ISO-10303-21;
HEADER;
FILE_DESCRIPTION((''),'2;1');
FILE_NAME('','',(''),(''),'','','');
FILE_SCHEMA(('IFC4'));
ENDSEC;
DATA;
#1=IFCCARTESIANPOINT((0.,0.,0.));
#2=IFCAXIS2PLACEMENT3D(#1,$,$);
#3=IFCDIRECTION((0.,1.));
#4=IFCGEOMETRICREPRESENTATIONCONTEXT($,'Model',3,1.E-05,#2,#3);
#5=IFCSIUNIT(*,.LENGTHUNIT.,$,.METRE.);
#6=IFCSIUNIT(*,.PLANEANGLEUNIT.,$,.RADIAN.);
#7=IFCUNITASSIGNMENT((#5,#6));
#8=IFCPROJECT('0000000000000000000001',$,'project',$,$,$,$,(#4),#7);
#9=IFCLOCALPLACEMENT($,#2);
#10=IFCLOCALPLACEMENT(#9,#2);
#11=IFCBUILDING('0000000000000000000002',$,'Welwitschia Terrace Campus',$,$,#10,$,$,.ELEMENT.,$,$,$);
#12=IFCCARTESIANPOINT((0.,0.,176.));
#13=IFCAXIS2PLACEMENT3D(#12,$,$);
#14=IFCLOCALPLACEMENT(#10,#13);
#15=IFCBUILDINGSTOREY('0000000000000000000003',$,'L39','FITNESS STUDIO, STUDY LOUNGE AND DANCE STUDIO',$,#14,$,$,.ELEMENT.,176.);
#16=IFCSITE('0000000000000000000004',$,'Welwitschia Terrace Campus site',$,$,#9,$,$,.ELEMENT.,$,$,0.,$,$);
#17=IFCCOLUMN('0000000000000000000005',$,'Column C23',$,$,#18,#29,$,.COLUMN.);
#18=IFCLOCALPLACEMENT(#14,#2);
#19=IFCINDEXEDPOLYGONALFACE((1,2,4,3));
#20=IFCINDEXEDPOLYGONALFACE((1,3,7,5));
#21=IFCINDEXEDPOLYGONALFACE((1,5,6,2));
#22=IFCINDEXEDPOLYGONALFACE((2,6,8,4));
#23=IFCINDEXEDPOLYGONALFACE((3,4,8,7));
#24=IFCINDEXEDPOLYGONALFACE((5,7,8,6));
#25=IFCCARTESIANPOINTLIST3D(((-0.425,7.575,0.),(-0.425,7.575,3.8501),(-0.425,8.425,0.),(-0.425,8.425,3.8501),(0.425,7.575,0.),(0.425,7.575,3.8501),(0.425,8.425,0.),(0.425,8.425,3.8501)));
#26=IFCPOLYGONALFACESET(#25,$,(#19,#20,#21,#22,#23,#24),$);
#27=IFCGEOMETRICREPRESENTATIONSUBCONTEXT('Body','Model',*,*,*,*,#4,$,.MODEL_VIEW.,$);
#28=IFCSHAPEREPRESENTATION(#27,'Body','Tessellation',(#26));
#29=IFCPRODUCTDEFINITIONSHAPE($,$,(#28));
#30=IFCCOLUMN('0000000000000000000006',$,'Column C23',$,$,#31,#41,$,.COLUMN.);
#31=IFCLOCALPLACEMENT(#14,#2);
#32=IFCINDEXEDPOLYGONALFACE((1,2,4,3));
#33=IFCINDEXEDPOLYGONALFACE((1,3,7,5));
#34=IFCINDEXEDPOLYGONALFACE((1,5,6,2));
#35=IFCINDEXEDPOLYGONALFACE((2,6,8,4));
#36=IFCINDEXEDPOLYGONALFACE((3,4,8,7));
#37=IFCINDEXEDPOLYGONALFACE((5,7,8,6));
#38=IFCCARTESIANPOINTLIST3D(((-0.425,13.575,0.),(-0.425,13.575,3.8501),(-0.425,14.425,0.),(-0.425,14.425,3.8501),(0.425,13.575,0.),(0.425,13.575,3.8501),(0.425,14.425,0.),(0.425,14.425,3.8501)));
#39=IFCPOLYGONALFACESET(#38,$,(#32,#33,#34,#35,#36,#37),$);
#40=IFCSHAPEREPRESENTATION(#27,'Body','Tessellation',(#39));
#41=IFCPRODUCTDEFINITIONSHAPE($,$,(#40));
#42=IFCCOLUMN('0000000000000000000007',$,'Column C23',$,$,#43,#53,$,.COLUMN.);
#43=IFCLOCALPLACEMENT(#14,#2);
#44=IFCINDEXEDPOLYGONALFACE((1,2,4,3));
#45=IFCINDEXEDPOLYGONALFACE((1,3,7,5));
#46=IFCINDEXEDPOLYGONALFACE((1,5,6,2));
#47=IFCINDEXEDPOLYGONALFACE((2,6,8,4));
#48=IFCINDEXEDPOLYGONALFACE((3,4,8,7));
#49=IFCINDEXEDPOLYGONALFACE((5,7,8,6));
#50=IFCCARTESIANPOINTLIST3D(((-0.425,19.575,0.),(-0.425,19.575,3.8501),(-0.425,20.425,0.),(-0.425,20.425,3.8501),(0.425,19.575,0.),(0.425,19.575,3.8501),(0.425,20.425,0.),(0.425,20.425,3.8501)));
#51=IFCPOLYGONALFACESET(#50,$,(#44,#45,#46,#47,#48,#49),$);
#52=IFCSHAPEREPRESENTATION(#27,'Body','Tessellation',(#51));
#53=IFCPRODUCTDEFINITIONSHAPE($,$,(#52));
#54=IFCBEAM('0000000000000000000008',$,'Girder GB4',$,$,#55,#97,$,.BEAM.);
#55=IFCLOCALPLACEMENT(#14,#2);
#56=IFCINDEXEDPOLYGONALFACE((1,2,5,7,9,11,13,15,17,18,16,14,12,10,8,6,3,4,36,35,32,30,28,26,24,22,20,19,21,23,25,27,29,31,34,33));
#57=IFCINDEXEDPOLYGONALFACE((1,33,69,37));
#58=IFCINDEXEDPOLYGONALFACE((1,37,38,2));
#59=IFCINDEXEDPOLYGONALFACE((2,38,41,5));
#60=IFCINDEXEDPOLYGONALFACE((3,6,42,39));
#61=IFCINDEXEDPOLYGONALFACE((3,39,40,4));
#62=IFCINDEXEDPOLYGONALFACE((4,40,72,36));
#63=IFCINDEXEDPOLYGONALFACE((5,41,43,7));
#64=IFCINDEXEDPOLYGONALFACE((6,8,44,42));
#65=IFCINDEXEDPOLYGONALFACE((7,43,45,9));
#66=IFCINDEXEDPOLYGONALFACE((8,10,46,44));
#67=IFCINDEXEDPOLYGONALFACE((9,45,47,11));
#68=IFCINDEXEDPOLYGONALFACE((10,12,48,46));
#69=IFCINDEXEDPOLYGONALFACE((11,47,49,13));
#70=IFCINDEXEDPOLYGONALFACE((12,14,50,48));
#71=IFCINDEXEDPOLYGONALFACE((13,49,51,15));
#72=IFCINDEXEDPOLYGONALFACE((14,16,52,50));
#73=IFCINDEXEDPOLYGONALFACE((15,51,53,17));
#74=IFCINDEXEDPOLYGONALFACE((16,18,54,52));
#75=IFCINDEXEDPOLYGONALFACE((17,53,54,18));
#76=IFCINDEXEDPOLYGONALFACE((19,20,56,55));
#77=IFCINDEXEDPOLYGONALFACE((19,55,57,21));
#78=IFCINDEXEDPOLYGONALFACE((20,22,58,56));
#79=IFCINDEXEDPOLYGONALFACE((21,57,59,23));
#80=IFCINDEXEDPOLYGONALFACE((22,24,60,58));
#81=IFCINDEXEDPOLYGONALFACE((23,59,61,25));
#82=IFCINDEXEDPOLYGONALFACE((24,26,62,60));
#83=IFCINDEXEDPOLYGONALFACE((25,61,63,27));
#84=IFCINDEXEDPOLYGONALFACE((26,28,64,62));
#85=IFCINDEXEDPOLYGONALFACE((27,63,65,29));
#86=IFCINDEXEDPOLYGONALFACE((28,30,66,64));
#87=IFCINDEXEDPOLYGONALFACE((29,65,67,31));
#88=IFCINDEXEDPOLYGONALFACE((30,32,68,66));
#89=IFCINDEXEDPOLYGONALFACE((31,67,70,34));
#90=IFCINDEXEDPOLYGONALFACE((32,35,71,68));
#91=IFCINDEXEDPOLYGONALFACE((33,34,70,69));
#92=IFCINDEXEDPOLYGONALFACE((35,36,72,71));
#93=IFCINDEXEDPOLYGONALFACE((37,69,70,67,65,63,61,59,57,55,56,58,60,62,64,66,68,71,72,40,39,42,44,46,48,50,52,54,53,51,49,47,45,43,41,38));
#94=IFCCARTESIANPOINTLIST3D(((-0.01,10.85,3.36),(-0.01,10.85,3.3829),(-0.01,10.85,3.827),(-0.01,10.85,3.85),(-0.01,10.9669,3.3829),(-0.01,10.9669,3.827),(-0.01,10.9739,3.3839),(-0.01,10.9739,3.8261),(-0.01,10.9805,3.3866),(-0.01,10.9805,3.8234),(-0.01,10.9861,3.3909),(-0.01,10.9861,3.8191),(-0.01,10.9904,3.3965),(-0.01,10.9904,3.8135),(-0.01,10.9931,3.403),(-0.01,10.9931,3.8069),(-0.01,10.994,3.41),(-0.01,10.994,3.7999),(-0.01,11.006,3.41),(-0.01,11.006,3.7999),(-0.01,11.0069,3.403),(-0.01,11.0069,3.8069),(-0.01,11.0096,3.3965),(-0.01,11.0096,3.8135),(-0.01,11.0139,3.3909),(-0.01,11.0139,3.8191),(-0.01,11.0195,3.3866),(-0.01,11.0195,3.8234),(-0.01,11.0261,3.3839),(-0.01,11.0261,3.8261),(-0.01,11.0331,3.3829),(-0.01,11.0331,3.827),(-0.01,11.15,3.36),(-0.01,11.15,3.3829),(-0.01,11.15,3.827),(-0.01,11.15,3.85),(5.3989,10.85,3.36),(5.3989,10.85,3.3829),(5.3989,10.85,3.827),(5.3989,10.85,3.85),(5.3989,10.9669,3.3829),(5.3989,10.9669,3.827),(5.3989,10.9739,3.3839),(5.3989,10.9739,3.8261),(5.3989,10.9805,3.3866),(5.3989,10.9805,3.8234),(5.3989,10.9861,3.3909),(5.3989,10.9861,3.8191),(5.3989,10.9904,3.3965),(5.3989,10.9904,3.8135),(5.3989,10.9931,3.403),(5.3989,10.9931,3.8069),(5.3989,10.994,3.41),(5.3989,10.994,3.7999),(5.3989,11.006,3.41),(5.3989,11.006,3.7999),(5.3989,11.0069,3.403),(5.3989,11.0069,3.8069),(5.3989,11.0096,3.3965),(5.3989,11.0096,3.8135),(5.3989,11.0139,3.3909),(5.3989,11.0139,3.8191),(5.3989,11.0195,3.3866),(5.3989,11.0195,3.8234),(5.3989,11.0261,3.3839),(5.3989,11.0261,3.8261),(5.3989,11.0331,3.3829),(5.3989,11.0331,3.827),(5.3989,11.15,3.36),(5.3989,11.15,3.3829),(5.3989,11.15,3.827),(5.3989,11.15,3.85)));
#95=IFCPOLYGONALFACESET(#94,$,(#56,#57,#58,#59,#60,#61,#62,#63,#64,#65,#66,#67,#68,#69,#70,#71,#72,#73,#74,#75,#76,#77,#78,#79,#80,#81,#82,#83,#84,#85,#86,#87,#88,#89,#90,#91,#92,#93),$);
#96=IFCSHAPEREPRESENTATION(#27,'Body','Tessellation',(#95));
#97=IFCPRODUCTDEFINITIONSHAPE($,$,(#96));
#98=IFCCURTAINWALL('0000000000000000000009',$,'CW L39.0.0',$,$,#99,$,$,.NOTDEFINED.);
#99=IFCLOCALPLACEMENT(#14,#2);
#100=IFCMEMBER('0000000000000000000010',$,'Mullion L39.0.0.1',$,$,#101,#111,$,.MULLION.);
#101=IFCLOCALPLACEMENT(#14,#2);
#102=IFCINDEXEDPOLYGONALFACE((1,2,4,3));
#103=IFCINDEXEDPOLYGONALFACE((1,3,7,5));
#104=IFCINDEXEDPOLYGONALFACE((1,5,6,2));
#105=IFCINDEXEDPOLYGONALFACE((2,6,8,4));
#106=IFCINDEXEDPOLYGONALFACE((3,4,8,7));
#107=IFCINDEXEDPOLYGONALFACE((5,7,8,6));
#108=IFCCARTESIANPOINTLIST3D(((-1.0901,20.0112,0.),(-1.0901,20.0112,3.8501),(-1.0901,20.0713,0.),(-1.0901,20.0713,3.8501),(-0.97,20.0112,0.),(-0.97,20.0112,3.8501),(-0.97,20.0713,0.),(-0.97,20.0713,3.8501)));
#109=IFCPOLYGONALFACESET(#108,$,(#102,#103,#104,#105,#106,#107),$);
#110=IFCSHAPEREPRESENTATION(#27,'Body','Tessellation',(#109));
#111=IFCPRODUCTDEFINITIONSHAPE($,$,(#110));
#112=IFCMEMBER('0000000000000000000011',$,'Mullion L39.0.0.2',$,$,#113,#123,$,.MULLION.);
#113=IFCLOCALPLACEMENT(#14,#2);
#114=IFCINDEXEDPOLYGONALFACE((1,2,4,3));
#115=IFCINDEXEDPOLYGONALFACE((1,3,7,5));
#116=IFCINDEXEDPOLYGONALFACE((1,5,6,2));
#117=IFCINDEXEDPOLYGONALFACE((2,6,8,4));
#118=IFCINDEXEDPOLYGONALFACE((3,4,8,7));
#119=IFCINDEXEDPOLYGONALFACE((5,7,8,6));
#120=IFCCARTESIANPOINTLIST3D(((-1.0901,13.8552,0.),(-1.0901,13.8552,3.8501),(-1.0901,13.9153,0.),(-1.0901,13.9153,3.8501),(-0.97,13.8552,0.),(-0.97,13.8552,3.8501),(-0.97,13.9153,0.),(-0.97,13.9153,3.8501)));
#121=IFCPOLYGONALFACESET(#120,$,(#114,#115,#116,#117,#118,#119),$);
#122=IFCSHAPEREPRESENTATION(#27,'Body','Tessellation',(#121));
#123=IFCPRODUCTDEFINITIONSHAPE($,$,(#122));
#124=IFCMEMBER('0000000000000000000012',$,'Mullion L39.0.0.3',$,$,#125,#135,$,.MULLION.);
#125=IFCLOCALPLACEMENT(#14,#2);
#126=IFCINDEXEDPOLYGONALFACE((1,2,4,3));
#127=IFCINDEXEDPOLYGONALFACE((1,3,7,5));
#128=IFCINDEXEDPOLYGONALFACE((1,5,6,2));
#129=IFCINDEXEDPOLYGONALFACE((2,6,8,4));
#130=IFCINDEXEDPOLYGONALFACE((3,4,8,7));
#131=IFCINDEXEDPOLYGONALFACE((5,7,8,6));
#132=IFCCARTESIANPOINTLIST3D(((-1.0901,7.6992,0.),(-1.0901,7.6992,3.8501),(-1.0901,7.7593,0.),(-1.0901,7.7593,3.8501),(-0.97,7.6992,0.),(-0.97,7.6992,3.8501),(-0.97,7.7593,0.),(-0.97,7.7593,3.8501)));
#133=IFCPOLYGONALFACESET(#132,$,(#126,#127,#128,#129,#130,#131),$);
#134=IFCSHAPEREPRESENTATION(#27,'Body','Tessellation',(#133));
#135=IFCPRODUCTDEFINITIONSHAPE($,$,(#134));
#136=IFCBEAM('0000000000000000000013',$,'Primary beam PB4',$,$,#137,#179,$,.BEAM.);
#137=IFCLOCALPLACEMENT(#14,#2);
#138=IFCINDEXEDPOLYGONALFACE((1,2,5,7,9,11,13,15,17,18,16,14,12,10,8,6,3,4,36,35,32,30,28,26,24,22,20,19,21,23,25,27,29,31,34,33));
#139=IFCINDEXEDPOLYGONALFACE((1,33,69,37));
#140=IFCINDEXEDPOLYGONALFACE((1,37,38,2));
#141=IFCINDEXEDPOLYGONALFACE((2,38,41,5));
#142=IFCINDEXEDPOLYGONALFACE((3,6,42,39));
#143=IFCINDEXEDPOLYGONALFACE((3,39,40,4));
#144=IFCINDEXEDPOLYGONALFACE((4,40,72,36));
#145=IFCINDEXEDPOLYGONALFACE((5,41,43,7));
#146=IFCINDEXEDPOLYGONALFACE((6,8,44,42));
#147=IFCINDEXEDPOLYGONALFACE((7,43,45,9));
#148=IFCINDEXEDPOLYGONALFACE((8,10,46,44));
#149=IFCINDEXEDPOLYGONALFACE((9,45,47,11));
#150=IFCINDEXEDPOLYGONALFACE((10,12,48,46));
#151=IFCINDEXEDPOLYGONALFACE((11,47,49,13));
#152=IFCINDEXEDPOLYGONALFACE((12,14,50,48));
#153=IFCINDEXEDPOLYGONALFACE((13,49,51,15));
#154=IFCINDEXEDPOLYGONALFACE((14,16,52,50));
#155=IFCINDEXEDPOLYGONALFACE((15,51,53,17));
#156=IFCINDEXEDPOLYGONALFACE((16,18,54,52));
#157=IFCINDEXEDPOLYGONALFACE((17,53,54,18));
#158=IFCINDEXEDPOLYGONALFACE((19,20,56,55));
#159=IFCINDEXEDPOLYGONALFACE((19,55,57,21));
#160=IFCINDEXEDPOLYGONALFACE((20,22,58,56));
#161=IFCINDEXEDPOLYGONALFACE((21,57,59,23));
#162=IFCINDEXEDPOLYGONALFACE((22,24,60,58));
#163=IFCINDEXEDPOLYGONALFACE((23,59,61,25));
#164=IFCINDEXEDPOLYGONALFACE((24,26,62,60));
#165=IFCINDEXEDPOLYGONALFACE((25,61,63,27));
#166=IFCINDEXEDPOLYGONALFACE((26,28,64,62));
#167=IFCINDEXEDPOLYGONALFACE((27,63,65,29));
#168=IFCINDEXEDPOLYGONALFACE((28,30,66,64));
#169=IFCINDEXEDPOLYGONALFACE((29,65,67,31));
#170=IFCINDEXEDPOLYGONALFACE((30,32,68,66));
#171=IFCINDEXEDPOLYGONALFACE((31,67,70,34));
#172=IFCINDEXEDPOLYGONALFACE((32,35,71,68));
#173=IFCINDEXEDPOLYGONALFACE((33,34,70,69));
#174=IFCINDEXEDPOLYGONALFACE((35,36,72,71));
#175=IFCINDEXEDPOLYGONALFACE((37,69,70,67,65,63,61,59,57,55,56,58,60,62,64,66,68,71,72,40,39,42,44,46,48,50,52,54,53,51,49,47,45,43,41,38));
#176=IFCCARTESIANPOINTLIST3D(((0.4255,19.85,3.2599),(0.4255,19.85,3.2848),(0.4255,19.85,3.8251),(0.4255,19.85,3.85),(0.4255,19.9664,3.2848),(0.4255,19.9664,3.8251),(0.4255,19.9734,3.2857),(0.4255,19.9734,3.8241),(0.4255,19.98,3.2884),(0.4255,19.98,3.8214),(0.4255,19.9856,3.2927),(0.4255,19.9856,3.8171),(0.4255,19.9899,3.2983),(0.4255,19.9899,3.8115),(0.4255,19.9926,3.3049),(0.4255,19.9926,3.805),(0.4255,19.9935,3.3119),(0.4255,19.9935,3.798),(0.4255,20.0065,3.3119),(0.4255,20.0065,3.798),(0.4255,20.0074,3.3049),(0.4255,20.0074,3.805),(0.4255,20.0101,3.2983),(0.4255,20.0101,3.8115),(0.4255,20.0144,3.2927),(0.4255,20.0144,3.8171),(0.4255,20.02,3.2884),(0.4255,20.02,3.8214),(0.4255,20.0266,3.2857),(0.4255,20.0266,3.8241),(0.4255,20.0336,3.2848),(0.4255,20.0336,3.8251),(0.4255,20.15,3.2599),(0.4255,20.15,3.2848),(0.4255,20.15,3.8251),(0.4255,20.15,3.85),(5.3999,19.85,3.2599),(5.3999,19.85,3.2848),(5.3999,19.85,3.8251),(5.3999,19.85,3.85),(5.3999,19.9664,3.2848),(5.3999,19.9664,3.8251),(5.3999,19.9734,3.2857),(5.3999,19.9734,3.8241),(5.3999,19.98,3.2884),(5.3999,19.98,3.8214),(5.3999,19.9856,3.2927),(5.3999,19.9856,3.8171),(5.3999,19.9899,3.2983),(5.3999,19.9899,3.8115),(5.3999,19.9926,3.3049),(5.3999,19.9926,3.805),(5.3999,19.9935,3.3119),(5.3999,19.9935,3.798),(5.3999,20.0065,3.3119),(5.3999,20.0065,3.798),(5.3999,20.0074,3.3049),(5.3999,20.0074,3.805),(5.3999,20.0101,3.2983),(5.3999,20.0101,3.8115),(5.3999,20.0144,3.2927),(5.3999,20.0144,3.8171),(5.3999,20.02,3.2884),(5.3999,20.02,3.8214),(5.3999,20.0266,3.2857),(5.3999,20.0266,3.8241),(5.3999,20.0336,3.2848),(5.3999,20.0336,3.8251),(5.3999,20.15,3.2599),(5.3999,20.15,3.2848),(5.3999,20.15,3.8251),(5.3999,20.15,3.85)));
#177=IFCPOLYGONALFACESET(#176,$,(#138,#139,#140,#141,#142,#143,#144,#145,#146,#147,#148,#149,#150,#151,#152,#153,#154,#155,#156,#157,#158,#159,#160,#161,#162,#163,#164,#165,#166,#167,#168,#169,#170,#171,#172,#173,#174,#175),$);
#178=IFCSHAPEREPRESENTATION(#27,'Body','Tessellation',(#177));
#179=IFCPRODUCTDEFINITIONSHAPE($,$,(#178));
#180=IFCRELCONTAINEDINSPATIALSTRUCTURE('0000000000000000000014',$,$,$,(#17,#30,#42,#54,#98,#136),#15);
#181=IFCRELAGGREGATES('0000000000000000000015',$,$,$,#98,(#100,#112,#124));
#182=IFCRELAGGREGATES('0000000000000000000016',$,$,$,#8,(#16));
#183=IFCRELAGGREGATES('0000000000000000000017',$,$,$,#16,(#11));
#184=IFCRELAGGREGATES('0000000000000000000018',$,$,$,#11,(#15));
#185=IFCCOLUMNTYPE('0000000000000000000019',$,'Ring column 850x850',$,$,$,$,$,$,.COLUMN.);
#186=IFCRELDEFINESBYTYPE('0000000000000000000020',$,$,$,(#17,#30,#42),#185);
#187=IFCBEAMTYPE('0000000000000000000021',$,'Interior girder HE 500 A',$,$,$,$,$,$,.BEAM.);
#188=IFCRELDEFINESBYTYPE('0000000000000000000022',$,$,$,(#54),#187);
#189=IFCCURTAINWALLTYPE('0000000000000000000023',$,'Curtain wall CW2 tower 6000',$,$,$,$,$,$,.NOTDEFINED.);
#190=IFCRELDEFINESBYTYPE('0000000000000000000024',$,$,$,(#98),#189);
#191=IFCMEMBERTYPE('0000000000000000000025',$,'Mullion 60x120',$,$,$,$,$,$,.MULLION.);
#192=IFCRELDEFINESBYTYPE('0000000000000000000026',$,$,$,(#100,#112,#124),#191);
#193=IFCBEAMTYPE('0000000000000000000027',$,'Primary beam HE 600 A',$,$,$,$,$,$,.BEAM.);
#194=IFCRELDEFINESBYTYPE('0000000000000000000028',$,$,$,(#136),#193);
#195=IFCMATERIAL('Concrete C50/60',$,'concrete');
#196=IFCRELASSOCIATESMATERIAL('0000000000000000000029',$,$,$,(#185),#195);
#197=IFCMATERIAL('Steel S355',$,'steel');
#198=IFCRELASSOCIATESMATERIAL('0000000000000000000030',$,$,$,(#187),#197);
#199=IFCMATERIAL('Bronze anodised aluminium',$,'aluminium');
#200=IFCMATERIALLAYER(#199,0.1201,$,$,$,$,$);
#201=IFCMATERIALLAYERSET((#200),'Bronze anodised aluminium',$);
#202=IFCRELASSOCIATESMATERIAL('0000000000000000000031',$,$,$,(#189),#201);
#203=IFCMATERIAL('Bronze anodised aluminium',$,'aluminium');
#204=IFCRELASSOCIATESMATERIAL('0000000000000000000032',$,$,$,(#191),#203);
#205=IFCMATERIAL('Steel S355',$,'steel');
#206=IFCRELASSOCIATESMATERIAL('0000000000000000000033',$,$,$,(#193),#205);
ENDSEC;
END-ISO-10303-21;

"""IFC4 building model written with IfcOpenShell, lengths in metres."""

from ifc_helpers import new_model, si_unit, direction, frame, origin, origin_2d, place, context, subcontext, project, spatial, rectangle, i_section, extrude, material, layer, layer_set, material_profile, profile_set, type_object, element, aggregate, save


model = new_model("IFC4")

# Units and contexts
model_context = context("Model", 3, precision=1e-05, world=origin(), true_north=direction((0.0, 1.0)))
body_context = subcontext(model_context, "Body", "Model", "MODEL_VIEW")
ifc_project = project(units=[si_unit("LENGTHUNIT", "METRE"), si_unit("PLANEANGLEUNIT", "RADIAN")], contexts=[model_context])

# Site, building, storey
site_placement = place(None, origin())
site = spatial("IfcSite", under=ifc_project, at=site_placement, Name="Welwitschia Terrace Campus site", CompositionType="ELEMENT", RefElevation=0.0)
building_placement = place(site_placement, origin())
building = spatial("IfcBuilding", under=site, at=building_placement, Name="Welwitschia Terrace Campus", CompositionType="ELEMENT")
storey_placement = place(building_placement, frame((0.0, 0.0, 176.0)))
storey = spatial("IfcBuildingStorey", under=building, at=storey_placement, Name="L39", Description="FITNESS STUDIO, STUDY LOUNGE AND DANCE STUDIO", CompositionType="ELEMENT", Elevation=176.0)

# Columns
ifc_material_1 = material(Name="Concrete C50/60", Category="concrete")
ifc_material_profile_1 = material_profile(ifc_material_1, rectangle(XDim=0.8501, YDim=0.8501, at=origin_2d()))
ifc_profile_set_1 = profile_set([ifc_material_profile_1], Name="Concrete C50/60")
column_type = type_object("IfcColumnType", Name="Ring column 850x850", PredefinedType="COLUMN", material=ifc_profile_set_1)
for number, where, z_axis, x_axis, name in (
    (1, (0.0, 8.0, 0.0), (0.0, 0.0, 1.0), (1.0, 0.0, 0.0), "Column C23"),
    (2, (0.0, 14.0, 0.0), (0.0, 0.0, 1.0), (1.0, 0.0, 0.0), "Column C23"),
    (3, (0.0, 20.0, 0.0), (0.0, 0.0, 1.0), (1.0, 0.0, 0.0), "Column C23"),
):
    element("IfcColumn", number, at=place(storey_placement, frame(where, z_axis=z_axis, x_axis=x_axis)), inside=storey, type_object=column_type, Name=name, PredefinedType="COLUMN", context=body_context, shape_type="SweptSolid", body=[
        extrude(rectangle(XDim=0.8501, YDim=0.8501, at=origin_2d()), origin(), (0.0, 0.0, 1.0), 3.8501),
    ])

# Beam
ifc_material_2 = material(Name="Steel S355", Category="steel")
ifc_material_profile_2 = material_profile(ifc_material_2, i_section(OverallWidth=0.3, OverallDepth=0.49, WebThickness=0.012, FlangeThickness=0.0229, FilletRadius=0.0271, at=origin_2d()))
ifc_profile_set_2 = profile_set([ifc_material_profile_2], Name="Steel S355")
beam_type_1 = type_object("IfcBeamType", Name="Interior girder HE 500 A", PredefinedType="BEAM", material=ifc_profile_set_2)
beam_1_placement = place(storey_placement, frame((-0.01, 11.0, 3.605), z_axis=(1.0, 0.0, 0.0), x_axis=(0.0, 1.0, 0.0)))
element("IfcBeam", 4, at=beam_1_placement, inside=storey, type_object=beam_type_1, Name="Girder GB4", PredefinedType="BEAM", context=body_context, shape_type="SweptSolid", body=[
    extrude(i_section(OverallWidth=0.3, OverallDepth=0.49, WebThickness=0.012, FlangeThickness=0.0229, FilletRadius=0.0271, at=origin_2d()), origin(), (0.0, 0.0, 1.0), 5.4089),
])

# Curtain wall, members
ifc_material_3 = material(Name="Bronze anodised aluminium", Category="aluminium")
ifc_layer_1 = layer(ifc_material_3, 0.1201)
ifc_layer_set_1 = layer_set([ifc_layer_1], Name="Bronze anodised aluminium")
curtain_wall_type = type_object("IfcCurtainWallType", Name="Curtain wall CW2 tower 6000", PredefinedType="NOTDEFINED", material=ifc_layer_set_1)
curtain_wall_placement = place(storey_placement, origin())
curtain_wall = element("IfcCurtainWall", 5, at=curtain_wall_placement, inside=storey, type_object=curtain_wall_type, Name="CW L39.0.0", PredefinedType="NOTDEFINED")
ifc_material_4 = material(Name="Bronze anodised aluminium", Category="aluminium")
ifc_material_profile_3 = material_profile(ifc_material_4, rectangle(XDim=0.1201, YDim=0.0601, at=origin_2d()))
ifc_profile_set_3 = profile_set([ifc_material_profile_3], Name="Bronze anodised aluminium")
member_type = type_object("IfcMemberType", Name="Mullion 60x120", PredefinedType="MULLION", material=ifc_profile_set_3)
member_1_placement = place(storey_placement, frame((-1.03, 20.0413, 0.0), z_axis=(0.0, 0.0, 1.0), x_axis=(1.0, 0.0, 0.0)))
member_1 = element("IfcMember", 6, at=member_1_placement, type_object=member_type, Name="Mullion L39.0.0.1", PredefinedType="MULLION", context=body_context, shape_type="SweptSolid", body=[
    extrude(rectangle(XDim=0.1201, YDim=0.0601, at=origin_2d()), origin(), (0.0, 0.0, 1.0), 3.8501),
])
member_2_placement = place(storey_placement, frame((-1.03, 13.8853, 0.0), z_axis=(0.0, 0.0, 1.0), x_axis=(1.0, 0.0, 0.0)))
member_2 = element("IfcMember", 7, at=member_2_placement, type_object=member_type, Name="Mullion L39.0.0.2", PredefinedType="MULLION", context=body_context, shape_type="SweptSolid", body=[
    extrude(rectangle(XDim=0.1201, YDim=0.0601, at=origin_2d()), origin(), (0.0, 0.0, 1.0), 3.8501),
])
member_3_placement = place(storey_placement, frame((-1.03, 7.7292, 0.0), z_axis=(0.0, 0.0, 1.0), x_axis=(1.0, 0.0, 0.0)))
member_3 = element("IfcMember", 8, at=member_3_placement, type_object=member_type, Name="Mullion L39.0.0.3", PredefinedType="MULLION", context=body_context, shape_type="SweptSolid", body=[
    extrude(rectangle(XDim=0.1201, YDim=0.0601, at=origin_2d()), origin(), (0.0, 0.0, 1.0), 3.8501),
])

# Beam
ifc_material_5 = material(Name="Steel S355", Category="steel")
ifc_material_profile_4 = material_profile(ifc_material_5, i_section(OverallWidth=0.3, OverallDepth=0.5901, WebThickness=0.0129, FlangeThickness=0.0249, FilletRadius=0.0271, at=origin_2d()))
ifc_profile_set_4 = profile_set([ifc_material_profile_4], Name="Steel S355")
beam_type_2 = type_object("IfcBeamType", Name="Primary beam HE 600 A", PredefinedType="BEAM", material=ifc_profile_set_4)
for number, where, z_axis, x_axis, name in (
    (9, (0.4255, 20.0, 3.5549), (1.0, 0.0, 0.0), (0.0, 1.0, 0.0), "Primary beam PB4"),
):
    element("IfcBeam", number, at=place(storey_placement, frame(where, z_axis=z_axis, x_axis=x_axis)), inside=storey, type_object=beam_type_2, Name=name, PredefinedType="BEAM", context=body_context, shape_type="SweptSolid", body=[
        extrude(i_section(OverallWidth=0.3, OverallDepth=0.5901, WebThickness=0.0129, FlangeThickness=0.0249, FilletRadius=0.0271, at=origin_2d()), origin(), (0.0, 0.0, 1.0), 4.9744),
    ])

aggregate(curtain_wall, [member_1, member_2, member_3])

save(model, "model.ifc")
